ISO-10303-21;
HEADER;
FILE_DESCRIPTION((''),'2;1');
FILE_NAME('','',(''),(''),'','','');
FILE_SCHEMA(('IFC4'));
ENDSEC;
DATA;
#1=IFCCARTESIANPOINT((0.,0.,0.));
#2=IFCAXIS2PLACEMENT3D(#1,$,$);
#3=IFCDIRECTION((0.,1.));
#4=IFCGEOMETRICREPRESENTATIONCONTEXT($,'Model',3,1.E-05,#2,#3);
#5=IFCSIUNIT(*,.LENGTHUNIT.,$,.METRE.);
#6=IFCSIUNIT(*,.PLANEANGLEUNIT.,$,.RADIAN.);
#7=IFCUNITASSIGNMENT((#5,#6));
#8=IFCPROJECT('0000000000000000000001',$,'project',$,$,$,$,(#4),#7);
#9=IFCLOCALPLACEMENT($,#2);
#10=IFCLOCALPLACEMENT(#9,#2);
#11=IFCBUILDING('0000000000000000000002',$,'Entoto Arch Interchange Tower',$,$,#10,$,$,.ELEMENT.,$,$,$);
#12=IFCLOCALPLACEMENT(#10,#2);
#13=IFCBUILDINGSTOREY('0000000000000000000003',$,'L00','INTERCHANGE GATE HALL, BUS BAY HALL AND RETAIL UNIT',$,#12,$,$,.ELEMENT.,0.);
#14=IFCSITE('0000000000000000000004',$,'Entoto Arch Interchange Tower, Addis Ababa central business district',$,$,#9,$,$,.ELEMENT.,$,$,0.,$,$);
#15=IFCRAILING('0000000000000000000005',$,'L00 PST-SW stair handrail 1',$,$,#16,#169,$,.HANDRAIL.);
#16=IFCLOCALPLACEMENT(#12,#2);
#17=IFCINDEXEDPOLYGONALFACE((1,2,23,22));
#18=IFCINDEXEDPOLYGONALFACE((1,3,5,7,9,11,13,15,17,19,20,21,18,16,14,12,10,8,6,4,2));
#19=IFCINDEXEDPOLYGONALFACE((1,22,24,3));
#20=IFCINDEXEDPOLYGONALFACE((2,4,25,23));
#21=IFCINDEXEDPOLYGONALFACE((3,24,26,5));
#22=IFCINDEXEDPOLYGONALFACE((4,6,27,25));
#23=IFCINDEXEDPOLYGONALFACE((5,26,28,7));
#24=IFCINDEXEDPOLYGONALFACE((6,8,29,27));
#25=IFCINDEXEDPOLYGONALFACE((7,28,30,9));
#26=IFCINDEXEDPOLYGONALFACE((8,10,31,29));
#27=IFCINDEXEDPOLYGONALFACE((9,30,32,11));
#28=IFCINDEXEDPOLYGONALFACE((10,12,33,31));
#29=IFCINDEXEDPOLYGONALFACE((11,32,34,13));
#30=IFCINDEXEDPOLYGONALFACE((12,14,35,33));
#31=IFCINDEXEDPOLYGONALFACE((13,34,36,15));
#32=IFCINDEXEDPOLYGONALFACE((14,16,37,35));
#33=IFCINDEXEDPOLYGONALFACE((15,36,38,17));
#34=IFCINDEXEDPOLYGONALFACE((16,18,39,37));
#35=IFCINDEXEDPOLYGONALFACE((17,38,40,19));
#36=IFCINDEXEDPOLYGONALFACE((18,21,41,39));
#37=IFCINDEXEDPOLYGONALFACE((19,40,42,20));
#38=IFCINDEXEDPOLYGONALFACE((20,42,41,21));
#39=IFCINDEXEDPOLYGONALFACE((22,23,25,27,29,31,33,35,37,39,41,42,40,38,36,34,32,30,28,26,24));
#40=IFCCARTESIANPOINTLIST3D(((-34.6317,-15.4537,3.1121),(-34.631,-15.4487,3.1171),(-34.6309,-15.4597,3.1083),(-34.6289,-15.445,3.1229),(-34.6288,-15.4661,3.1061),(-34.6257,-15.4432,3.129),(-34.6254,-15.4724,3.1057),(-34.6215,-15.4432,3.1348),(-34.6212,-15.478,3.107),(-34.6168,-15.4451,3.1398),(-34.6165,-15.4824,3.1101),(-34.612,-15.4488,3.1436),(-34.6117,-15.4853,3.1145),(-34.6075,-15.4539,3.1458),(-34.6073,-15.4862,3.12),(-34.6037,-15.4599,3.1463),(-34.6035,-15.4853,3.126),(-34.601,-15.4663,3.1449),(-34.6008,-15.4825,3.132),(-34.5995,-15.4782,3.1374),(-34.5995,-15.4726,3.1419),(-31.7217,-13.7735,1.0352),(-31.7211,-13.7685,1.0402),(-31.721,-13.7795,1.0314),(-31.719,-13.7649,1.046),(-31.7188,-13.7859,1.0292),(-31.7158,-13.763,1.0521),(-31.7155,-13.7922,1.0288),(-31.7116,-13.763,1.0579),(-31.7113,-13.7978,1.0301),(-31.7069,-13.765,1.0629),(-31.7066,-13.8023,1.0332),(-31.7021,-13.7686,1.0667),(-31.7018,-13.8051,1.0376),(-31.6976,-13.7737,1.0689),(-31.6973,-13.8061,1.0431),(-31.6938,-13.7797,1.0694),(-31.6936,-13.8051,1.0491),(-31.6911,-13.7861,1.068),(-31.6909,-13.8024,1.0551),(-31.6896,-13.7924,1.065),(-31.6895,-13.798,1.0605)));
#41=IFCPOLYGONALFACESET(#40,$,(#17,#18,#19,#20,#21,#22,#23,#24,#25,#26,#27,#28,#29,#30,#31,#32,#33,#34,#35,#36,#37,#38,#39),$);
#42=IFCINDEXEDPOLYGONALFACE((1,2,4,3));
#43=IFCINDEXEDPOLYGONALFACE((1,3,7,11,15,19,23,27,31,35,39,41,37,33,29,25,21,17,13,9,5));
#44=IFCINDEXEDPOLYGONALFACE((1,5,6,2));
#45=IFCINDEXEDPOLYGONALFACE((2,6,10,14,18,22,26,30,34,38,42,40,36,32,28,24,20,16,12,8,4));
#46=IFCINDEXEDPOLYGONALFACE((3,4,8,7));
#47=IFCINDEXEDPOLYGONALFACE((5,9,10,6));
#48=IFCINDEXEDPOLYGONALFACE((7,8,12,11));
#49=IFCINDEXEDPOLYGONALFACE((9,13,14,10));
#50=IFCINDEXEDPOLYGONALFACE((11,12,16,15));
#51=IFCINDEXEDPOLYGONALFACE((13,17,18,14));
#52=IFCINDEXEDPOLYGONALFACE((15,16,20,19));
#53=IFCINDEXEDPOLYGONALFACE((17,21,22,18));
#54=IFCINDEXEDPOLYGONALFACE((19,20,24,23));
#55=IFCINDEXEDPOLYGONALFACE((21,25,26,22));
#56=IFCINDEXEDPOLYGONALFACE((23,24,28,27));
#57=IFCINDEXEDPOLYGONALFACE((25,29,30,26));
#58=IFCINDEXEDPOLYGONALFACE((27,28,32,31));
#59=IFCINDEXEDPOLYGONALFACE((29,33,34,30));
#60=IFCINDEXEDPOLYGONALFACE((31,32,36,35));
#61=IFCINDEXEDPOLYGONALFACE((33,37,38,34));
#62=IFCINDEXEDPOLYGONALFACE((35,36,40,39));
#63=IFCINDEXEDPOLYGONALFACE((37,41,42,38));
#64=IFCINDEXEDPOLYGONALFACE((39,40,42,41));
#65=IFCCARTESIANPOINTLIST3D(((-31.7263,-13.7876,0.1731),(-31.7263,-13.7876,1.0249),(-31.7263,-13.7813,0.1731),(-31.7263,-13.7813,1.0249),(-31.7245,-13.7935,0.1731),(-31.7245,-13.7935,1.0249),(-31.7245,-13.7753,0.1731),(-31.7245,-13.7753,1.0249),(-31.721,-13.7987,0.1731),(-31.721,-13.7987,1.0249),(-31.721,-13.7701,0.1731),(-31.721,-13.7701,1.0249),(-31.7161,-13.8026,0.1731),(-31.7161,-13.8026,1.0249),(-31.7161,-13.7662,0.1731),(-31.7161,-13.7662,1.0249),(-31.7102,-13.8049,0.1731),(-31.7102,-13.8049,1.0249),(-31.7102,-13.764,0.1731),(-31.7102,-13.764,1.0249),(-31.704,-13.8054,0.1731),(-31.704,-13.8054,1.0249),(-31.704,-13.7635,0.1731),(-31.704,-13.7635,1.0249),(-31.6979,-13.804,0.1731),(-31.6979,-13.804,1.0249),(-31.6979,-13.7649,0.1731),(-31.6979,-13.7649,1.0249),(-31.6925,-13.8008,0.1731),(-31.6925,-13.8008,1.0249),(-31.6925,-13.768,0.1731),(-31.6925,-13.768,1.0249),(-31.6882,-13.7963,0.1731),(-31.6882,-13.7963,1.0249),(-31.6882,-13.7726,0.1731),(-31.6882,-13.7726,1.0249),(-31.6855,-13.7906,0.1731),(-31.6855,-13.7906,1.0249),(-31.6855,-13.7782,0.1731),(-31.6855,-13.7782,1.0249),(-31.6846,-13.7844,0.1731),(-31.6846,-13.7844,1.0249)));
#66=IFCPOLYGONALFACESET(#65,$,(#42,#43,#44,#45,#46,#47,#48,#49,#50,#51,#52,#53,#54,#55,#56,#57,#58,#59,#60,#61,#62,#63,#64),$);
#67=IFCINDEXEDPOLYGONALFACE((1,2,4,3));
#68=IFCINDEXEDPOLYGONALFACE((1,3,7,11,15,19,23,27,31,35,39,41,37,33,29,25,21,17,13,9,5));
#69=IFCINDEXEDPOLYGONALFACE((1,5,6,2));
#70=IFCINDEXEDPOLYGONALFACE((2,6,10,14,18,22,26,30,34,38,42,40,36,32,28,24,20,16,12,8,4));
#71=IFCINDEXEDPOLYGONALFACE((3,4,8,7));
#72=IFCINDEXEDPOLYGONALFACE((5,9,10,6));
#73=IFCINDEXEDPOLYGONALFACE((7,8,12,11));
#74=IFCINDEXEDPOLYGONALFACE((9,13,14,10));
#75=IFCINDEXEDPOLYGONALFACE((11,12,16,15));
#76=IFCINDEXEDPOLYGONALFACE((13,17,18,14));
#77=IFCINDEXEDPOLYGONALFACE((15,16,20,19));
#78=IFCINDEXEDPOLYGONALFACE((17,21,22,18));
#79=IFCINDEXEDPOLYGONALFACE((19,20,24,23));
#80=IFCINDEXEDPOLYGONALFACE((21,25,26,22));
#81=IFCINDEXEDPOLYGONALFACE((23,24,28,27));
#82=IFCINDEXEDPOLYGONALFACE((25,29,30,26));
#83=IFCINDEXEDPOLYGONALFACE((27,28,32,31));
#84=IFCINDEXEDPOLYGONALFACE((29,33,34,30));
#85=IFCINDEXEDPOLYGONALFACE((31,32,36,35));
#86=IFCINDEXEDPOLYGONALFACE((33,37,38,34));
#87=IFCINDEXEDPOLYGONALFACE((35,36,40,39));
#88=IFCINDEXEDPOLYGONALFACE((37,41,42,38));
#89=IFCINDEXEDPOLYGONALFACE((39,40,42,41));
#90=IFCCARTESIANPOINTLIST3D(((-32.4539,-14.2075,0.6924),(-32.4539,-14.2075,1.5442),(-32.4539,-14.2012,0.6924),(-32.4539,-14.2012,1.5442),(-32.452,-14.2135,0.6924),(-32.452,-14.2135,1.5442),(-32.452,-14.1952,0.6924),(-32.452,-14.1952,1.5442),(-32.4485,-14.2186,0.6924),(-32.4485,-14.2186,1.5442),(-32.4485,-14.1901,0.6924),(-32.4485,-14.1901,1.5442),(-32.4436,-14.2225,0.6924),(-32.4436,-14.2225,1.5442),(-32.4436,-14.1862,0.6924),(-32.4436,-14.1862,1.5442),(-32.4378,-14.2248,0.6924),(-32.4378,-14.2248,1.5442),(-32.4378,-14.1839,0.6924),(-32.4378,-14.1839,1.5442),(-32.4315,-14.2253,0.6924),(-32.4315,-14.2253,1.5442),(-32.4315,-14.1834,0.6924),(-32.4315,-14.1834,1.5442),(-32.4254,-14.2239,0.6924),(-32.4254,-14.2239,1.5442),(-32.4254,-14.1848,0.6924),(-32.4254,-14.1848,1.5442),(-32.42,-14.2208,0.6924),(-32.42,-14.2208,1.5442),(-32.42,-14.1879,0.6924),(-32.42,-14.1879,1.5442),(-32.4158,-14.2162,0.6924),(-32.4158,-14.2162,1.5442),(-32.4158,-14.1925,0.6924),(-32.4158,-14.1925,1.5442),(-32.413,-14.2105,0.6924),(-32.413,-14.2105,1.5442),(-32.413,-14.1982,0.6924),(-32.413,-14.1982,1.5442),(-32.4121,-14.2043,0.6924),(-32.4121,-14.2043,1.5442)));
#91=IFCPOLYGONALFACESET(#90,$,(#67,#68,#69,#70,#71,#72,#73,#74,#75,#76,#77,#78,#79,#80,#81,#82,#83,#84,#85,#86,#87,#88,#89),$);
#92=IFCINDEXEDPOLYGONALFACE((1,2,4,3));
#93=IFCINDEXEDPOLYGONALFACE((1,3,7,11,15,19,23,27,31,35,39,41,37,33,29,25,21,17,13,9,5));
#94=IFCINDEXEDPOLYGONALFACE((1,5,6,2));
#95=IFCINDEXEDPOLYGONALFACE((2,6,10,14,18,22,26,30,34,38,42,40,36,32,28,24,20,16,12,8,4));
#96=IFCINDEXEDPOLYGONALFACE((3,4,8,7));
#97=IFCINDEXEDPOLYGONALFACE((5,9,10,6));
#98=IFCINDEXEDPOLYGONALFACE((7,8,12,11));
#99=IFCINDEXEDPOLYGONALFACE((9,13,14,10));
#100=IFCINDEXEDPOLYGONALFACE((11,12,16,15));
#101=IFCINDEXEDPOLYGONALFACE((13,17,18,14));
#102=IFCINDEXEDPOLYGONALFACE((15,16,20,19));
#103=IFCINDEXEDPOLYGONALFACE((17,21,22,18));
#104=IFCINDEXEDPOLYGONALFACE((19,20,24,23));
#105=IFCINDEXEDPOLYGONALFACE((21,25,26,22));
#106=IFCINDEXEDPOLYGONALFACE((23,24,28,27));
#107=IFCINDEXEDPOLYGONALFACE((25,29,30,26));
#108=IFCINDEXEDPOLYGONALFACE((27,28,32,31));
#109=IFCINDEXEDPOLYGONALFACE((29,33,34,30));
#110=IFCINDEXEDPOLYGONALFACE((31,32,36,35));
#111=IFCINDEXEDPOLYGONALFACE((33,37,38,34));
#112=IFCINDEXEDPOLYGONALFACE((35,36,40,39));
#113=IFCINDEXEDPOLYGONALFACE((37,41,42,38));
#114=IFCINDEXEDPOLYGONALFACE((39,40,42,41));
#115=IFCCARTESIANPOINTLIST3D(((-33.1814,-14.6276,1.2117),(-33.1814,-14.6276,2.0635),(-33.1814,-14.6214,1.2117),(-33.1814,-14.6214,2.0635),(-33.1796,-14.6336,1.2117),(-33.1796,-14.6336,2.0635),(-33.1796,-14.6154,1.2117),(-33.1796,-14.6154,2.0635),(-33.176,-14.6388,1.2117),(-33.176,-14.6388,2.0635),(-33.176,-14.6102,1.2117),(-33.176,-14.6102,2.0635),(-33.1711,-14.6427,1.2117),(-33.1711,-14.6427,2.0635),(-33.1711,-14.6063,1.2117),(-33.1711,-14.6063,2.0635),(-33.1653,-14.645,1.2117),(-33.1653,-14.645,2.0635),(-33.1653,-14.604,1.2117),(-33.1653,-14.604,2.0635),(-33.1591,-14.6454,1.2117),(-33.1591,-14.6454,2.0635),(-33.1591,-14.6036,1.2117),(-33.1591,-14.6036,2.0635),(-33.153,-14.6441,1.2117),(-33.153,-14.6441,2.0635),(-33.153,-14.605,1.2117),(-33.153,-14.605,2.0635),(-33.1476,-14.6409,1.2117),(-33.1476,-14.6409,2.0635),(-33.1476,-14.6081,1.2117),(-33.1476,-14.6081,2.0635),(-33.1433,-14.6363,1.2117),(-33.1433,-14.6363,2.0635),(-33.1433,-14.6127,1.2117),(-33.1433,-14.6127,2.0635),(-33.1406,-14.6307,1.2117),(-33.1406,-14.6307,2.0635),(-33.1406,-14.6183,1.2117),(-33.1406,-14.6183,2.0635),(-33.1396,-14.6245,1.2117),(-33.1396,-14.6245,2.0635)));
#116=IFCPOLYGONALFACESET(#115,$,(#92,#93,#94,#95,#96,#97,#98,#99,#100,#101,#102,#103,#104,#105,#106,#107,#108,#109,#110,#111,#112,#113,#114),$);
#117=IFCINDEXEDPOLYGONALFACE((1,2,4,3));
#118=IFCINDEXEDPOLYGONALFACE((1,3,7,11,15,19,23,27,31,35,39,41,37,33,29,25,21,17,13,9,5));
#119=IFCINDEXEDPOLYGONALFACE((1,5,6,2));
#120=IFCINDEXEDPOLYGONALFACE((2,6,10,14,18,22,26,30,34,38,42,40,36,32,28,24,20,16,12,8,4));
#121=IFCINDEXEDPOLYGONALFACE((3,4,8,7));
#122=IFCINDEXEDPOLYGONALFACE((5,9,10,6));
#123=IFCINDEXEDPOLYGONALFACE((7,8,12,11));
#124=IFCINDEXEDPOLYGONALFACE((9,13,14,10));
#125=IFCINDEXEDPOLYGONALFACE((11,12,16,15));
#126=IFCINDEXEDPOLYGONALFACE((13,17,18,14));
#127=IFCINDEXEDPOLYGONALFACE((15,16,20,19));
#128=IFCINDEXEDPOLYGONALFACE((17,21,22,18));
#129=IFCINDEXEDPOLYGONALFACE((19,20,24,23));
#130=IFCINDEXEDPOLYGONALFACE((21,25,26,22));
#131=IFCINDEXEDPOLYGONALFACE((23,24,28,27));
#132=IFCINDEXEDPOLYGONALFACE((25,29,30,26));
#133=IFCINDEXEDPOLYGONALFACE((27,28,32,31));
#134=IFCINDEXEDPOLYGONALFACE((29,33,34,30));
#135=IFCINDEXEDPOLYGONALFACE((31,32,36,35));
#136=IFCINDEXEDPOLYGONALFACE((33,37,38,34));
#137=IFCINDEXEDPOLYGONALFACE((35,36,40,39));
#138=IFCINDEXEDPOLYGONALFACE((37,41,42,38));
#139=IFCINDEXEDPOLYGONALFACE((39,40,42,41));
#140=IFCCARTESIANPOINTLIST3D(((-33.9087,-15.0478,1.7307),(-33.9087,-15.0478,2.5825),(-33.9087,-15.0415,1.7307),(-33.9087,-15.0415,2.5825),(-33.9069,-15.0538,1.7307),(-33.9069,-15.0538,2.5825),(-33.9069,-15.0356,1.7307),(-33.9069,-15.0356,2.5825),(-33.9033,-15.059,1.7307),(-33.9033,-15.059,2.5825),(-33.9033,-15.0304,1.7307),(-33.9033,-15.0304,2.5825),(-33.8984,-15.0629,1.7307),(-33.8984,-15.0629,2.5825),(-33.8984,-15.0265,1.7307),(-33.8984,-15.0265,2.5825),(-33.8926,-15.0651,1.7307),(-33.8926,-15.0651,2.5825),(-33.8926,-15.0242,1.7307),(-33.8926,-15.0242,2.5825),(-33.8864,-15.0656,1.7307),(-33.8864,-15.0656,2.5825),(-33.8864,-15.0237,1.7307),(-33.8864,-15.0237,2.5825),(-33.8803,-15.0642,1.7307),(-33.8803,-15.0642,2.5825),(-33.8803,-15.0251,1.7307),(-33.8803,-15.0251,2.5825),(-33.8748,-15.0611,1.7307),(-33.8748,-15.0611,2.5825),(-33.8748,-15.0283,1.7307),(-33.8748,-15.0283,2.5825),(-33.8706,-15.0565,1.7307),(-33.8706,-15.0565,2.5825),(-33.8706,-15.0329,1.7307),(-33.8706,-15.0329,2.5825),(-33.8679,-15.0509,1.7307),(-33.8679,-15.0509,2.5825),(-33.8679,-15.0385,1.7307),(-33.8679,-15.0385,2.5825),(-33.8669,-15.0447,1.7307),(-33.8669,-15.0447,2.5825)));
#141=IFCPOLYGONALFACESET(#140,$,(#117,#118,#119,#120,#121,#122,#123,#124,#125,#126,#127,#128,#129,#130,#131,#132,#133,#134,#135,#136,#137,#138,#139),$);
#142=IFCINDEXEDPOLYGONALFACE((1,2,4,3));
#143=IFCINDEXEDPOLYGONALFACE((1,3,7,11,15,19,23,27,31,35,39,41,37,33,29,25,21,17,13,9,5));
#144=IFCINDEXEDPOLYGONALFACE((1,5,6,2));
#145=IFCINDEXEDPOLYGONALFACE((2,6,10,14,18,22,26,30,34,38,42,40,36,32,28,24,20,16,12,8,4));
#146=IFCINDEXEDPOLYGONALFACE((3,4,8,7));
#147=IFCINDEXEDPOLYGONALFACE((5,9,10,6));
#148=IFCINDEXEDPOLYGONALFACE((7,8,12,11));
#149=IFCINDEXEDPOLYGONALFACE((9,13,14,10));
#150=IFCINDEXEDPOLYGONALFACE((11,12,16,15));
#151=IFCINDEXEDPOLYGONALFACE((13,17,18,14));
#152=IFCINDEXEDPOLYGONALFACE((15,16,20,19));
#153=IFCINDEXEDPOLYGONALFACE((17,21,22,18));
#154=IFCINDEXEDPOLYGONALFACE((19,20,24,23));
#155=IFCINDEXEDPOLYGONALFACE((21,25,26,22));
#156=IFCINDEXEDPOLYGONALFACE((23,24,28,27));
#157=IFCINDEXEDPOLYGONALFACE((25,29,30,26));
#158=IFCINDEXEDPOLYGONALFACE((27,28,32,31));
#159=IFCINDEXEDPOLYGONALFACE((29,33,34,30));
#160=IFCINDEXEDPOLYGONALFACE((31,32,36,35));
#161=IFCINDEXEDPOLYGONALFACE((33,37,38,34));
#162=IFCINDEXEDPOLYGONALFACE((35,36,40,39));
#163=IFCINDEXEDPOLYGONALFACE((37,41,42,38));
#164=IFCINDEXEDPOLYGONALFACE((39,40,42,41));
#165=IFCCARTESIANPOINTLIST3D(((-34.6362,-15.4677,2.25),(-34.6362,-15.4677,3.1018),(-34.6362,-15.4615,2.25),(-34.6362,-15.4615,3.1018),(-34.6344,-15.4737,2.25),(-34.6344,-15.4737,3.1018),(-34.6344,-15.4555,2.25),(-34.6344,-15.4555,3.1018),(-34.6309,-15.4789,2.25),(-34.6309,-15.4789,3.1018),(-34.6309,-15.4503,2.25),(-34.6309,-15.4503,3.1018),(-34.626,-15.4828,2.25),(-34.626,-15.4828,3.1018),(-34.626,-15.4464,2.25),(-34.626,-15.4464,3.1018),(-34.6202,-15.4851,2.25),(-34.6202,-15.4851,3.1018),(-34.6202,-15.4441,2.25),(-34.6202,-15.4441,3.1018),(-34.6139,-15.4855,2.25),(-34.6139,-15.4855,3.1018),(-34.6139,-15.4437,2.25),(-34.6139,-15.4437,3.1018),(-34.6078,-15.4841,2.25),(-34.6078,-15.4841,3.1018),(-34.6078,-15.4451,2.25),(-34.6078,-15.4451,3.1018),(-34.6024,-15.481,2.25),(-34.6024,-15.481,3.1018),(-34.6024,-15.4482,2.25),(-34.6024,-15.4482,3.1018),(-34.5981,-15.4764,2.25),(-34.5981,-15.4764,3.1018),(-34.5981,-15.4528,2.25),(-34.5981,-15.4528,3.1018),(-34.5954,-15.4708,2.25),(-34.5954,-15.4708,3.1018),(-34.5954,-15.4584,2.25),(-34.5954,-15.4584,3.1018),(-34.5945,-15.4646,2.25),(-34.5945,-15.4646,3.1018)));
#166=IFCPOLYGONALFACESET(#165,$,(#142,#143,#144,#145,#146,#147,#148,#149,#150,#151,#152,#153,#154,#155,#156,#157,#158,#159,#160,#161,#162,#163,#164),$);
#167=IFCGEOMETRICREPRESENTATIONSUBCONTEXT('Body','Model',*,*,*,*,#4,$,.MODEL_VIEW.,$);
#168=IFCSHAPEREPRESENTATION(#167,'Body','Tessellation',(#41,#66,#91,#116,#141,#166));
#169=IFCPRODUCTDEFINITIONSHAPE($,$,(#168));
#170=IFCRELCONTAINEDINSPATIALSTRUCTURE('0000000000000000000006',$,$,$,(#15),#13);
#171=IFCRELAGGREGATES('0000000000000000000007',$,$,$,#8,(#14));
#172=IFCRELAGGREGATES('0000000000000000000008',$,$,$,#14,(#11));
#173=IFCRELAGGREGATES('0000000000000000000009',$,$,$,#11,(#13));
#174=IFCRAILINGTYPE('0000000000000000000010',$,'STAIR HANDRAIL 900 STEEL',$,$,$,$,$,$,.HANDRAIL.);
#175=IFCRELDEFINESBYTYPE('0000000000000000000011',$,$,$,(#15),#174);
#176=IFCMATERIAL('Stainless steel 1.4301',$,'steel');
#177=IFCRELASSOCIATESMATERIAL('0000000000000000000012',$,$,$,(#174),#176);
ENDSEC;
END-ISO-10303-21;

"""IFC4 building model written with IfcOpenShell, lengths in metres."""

from ifc_helpers import new_model, si_unit, direction, frame, origin, origin_2d, place, context, subcontext, project, spatial, circle, extrude, material, type_object, element, save


model = new_model("IFC4")

# Units and contexts
model_context = context("Model", 3, precision=1e-05, world=origin(), true_north=direction((0.0, 1.0)))
body_context = subcontext(model_context, "Body", "Model", "MODEL_VIEW")
ifc_project = project(units=[si_unit("LENGTHUNIT", "METRE"), si_unit("PLANEANGLEUNIT", "RADIAN")], contexts=[model_context])

# Site, building, storey
site_placement = place(None, origin())
site = spatial("IfcSite", under=ifc_project, at=site_placement, Name="Entoto Arch Interchange Tower, Addis Ababa central business district", CompositionType="ELEMENT", RefElevation=0.0)
building_placement = place(site_placement, origin())
building = spatial("IfcBuilding", under=site, at=building_placement, Name="Entoto Arch Interchange Tower", CompositionType="ELEMENT")
storey_placement = place(building_placement, origin())
storey = spatial("IfcBuildingStorey", under=building, at=storey_placement, Name="L00", Description="INTERCHANGE GATE HALL, BUS BAY HALL AND RETAIL UNIT", CompositionType="ELEMENT", Elevation=0.0)

# Railing
ifc_material_1 = material(Name="Stainless steel 1.4301", Category="steel")
railing_type_1 = type_object("IfcRailingType", Name="STAIR HANDRAIL 900 STEEL", PredefinedType="HANDRAIL", material=ifc_material_1)
for number, where, name in (
    (1, (-31.7056, -13.7844, 0.1731), "L00 PST-SW stair handrail 1"),
):
    element("IfcRailing", number, at=place(storey_placement, frame(where)), inside=storey, type_object=railing_type_1, Name=name, PredefinedType="HANDRAIL", context=body_context, shape_type="SweptSolid", body=[
        extrude(circle(Radius=0.0239, at=origin_2d()), frame((0.0, 0.0, 0.876), z_axis=(-0.736649, -0.425339, 0.525771), x_axis=(0.500031, -0.866008, 0.0)), (0.0, 0.0, 1.0), 3.9502),
        extrude(circle(Radius=0.021, at=origin_2d()), origin(), (0.0, 0.0, 1.0), 0.8518),
        extrude(circle(Radius=0.021, at=origin_2d()), frame((-0.7275, -0.4199, 0.5193)), (0.0, 0.0, 1.0), 0.8518),
        extrude(circle(Radius=0.021, at=origin_2d()), frame((-1.4551, -0.8401, 1.0386)), (0.0, 0.0, 1.0), 0.8518),
        extrude(circle(Radius=0.021, at=origin_2d()), frame((-2.1824, -1.2603, 1.5576)), (0.0, 0.0, 1.0), 0.8518),
        extrude(circle(Radius=0.021, at=origin_2d()), frame((-2.9099, -1.6802, 2.0769)), (0.0, 0.0, 1.0), 0.8518),
    ])

save(model, "model.ifc")
